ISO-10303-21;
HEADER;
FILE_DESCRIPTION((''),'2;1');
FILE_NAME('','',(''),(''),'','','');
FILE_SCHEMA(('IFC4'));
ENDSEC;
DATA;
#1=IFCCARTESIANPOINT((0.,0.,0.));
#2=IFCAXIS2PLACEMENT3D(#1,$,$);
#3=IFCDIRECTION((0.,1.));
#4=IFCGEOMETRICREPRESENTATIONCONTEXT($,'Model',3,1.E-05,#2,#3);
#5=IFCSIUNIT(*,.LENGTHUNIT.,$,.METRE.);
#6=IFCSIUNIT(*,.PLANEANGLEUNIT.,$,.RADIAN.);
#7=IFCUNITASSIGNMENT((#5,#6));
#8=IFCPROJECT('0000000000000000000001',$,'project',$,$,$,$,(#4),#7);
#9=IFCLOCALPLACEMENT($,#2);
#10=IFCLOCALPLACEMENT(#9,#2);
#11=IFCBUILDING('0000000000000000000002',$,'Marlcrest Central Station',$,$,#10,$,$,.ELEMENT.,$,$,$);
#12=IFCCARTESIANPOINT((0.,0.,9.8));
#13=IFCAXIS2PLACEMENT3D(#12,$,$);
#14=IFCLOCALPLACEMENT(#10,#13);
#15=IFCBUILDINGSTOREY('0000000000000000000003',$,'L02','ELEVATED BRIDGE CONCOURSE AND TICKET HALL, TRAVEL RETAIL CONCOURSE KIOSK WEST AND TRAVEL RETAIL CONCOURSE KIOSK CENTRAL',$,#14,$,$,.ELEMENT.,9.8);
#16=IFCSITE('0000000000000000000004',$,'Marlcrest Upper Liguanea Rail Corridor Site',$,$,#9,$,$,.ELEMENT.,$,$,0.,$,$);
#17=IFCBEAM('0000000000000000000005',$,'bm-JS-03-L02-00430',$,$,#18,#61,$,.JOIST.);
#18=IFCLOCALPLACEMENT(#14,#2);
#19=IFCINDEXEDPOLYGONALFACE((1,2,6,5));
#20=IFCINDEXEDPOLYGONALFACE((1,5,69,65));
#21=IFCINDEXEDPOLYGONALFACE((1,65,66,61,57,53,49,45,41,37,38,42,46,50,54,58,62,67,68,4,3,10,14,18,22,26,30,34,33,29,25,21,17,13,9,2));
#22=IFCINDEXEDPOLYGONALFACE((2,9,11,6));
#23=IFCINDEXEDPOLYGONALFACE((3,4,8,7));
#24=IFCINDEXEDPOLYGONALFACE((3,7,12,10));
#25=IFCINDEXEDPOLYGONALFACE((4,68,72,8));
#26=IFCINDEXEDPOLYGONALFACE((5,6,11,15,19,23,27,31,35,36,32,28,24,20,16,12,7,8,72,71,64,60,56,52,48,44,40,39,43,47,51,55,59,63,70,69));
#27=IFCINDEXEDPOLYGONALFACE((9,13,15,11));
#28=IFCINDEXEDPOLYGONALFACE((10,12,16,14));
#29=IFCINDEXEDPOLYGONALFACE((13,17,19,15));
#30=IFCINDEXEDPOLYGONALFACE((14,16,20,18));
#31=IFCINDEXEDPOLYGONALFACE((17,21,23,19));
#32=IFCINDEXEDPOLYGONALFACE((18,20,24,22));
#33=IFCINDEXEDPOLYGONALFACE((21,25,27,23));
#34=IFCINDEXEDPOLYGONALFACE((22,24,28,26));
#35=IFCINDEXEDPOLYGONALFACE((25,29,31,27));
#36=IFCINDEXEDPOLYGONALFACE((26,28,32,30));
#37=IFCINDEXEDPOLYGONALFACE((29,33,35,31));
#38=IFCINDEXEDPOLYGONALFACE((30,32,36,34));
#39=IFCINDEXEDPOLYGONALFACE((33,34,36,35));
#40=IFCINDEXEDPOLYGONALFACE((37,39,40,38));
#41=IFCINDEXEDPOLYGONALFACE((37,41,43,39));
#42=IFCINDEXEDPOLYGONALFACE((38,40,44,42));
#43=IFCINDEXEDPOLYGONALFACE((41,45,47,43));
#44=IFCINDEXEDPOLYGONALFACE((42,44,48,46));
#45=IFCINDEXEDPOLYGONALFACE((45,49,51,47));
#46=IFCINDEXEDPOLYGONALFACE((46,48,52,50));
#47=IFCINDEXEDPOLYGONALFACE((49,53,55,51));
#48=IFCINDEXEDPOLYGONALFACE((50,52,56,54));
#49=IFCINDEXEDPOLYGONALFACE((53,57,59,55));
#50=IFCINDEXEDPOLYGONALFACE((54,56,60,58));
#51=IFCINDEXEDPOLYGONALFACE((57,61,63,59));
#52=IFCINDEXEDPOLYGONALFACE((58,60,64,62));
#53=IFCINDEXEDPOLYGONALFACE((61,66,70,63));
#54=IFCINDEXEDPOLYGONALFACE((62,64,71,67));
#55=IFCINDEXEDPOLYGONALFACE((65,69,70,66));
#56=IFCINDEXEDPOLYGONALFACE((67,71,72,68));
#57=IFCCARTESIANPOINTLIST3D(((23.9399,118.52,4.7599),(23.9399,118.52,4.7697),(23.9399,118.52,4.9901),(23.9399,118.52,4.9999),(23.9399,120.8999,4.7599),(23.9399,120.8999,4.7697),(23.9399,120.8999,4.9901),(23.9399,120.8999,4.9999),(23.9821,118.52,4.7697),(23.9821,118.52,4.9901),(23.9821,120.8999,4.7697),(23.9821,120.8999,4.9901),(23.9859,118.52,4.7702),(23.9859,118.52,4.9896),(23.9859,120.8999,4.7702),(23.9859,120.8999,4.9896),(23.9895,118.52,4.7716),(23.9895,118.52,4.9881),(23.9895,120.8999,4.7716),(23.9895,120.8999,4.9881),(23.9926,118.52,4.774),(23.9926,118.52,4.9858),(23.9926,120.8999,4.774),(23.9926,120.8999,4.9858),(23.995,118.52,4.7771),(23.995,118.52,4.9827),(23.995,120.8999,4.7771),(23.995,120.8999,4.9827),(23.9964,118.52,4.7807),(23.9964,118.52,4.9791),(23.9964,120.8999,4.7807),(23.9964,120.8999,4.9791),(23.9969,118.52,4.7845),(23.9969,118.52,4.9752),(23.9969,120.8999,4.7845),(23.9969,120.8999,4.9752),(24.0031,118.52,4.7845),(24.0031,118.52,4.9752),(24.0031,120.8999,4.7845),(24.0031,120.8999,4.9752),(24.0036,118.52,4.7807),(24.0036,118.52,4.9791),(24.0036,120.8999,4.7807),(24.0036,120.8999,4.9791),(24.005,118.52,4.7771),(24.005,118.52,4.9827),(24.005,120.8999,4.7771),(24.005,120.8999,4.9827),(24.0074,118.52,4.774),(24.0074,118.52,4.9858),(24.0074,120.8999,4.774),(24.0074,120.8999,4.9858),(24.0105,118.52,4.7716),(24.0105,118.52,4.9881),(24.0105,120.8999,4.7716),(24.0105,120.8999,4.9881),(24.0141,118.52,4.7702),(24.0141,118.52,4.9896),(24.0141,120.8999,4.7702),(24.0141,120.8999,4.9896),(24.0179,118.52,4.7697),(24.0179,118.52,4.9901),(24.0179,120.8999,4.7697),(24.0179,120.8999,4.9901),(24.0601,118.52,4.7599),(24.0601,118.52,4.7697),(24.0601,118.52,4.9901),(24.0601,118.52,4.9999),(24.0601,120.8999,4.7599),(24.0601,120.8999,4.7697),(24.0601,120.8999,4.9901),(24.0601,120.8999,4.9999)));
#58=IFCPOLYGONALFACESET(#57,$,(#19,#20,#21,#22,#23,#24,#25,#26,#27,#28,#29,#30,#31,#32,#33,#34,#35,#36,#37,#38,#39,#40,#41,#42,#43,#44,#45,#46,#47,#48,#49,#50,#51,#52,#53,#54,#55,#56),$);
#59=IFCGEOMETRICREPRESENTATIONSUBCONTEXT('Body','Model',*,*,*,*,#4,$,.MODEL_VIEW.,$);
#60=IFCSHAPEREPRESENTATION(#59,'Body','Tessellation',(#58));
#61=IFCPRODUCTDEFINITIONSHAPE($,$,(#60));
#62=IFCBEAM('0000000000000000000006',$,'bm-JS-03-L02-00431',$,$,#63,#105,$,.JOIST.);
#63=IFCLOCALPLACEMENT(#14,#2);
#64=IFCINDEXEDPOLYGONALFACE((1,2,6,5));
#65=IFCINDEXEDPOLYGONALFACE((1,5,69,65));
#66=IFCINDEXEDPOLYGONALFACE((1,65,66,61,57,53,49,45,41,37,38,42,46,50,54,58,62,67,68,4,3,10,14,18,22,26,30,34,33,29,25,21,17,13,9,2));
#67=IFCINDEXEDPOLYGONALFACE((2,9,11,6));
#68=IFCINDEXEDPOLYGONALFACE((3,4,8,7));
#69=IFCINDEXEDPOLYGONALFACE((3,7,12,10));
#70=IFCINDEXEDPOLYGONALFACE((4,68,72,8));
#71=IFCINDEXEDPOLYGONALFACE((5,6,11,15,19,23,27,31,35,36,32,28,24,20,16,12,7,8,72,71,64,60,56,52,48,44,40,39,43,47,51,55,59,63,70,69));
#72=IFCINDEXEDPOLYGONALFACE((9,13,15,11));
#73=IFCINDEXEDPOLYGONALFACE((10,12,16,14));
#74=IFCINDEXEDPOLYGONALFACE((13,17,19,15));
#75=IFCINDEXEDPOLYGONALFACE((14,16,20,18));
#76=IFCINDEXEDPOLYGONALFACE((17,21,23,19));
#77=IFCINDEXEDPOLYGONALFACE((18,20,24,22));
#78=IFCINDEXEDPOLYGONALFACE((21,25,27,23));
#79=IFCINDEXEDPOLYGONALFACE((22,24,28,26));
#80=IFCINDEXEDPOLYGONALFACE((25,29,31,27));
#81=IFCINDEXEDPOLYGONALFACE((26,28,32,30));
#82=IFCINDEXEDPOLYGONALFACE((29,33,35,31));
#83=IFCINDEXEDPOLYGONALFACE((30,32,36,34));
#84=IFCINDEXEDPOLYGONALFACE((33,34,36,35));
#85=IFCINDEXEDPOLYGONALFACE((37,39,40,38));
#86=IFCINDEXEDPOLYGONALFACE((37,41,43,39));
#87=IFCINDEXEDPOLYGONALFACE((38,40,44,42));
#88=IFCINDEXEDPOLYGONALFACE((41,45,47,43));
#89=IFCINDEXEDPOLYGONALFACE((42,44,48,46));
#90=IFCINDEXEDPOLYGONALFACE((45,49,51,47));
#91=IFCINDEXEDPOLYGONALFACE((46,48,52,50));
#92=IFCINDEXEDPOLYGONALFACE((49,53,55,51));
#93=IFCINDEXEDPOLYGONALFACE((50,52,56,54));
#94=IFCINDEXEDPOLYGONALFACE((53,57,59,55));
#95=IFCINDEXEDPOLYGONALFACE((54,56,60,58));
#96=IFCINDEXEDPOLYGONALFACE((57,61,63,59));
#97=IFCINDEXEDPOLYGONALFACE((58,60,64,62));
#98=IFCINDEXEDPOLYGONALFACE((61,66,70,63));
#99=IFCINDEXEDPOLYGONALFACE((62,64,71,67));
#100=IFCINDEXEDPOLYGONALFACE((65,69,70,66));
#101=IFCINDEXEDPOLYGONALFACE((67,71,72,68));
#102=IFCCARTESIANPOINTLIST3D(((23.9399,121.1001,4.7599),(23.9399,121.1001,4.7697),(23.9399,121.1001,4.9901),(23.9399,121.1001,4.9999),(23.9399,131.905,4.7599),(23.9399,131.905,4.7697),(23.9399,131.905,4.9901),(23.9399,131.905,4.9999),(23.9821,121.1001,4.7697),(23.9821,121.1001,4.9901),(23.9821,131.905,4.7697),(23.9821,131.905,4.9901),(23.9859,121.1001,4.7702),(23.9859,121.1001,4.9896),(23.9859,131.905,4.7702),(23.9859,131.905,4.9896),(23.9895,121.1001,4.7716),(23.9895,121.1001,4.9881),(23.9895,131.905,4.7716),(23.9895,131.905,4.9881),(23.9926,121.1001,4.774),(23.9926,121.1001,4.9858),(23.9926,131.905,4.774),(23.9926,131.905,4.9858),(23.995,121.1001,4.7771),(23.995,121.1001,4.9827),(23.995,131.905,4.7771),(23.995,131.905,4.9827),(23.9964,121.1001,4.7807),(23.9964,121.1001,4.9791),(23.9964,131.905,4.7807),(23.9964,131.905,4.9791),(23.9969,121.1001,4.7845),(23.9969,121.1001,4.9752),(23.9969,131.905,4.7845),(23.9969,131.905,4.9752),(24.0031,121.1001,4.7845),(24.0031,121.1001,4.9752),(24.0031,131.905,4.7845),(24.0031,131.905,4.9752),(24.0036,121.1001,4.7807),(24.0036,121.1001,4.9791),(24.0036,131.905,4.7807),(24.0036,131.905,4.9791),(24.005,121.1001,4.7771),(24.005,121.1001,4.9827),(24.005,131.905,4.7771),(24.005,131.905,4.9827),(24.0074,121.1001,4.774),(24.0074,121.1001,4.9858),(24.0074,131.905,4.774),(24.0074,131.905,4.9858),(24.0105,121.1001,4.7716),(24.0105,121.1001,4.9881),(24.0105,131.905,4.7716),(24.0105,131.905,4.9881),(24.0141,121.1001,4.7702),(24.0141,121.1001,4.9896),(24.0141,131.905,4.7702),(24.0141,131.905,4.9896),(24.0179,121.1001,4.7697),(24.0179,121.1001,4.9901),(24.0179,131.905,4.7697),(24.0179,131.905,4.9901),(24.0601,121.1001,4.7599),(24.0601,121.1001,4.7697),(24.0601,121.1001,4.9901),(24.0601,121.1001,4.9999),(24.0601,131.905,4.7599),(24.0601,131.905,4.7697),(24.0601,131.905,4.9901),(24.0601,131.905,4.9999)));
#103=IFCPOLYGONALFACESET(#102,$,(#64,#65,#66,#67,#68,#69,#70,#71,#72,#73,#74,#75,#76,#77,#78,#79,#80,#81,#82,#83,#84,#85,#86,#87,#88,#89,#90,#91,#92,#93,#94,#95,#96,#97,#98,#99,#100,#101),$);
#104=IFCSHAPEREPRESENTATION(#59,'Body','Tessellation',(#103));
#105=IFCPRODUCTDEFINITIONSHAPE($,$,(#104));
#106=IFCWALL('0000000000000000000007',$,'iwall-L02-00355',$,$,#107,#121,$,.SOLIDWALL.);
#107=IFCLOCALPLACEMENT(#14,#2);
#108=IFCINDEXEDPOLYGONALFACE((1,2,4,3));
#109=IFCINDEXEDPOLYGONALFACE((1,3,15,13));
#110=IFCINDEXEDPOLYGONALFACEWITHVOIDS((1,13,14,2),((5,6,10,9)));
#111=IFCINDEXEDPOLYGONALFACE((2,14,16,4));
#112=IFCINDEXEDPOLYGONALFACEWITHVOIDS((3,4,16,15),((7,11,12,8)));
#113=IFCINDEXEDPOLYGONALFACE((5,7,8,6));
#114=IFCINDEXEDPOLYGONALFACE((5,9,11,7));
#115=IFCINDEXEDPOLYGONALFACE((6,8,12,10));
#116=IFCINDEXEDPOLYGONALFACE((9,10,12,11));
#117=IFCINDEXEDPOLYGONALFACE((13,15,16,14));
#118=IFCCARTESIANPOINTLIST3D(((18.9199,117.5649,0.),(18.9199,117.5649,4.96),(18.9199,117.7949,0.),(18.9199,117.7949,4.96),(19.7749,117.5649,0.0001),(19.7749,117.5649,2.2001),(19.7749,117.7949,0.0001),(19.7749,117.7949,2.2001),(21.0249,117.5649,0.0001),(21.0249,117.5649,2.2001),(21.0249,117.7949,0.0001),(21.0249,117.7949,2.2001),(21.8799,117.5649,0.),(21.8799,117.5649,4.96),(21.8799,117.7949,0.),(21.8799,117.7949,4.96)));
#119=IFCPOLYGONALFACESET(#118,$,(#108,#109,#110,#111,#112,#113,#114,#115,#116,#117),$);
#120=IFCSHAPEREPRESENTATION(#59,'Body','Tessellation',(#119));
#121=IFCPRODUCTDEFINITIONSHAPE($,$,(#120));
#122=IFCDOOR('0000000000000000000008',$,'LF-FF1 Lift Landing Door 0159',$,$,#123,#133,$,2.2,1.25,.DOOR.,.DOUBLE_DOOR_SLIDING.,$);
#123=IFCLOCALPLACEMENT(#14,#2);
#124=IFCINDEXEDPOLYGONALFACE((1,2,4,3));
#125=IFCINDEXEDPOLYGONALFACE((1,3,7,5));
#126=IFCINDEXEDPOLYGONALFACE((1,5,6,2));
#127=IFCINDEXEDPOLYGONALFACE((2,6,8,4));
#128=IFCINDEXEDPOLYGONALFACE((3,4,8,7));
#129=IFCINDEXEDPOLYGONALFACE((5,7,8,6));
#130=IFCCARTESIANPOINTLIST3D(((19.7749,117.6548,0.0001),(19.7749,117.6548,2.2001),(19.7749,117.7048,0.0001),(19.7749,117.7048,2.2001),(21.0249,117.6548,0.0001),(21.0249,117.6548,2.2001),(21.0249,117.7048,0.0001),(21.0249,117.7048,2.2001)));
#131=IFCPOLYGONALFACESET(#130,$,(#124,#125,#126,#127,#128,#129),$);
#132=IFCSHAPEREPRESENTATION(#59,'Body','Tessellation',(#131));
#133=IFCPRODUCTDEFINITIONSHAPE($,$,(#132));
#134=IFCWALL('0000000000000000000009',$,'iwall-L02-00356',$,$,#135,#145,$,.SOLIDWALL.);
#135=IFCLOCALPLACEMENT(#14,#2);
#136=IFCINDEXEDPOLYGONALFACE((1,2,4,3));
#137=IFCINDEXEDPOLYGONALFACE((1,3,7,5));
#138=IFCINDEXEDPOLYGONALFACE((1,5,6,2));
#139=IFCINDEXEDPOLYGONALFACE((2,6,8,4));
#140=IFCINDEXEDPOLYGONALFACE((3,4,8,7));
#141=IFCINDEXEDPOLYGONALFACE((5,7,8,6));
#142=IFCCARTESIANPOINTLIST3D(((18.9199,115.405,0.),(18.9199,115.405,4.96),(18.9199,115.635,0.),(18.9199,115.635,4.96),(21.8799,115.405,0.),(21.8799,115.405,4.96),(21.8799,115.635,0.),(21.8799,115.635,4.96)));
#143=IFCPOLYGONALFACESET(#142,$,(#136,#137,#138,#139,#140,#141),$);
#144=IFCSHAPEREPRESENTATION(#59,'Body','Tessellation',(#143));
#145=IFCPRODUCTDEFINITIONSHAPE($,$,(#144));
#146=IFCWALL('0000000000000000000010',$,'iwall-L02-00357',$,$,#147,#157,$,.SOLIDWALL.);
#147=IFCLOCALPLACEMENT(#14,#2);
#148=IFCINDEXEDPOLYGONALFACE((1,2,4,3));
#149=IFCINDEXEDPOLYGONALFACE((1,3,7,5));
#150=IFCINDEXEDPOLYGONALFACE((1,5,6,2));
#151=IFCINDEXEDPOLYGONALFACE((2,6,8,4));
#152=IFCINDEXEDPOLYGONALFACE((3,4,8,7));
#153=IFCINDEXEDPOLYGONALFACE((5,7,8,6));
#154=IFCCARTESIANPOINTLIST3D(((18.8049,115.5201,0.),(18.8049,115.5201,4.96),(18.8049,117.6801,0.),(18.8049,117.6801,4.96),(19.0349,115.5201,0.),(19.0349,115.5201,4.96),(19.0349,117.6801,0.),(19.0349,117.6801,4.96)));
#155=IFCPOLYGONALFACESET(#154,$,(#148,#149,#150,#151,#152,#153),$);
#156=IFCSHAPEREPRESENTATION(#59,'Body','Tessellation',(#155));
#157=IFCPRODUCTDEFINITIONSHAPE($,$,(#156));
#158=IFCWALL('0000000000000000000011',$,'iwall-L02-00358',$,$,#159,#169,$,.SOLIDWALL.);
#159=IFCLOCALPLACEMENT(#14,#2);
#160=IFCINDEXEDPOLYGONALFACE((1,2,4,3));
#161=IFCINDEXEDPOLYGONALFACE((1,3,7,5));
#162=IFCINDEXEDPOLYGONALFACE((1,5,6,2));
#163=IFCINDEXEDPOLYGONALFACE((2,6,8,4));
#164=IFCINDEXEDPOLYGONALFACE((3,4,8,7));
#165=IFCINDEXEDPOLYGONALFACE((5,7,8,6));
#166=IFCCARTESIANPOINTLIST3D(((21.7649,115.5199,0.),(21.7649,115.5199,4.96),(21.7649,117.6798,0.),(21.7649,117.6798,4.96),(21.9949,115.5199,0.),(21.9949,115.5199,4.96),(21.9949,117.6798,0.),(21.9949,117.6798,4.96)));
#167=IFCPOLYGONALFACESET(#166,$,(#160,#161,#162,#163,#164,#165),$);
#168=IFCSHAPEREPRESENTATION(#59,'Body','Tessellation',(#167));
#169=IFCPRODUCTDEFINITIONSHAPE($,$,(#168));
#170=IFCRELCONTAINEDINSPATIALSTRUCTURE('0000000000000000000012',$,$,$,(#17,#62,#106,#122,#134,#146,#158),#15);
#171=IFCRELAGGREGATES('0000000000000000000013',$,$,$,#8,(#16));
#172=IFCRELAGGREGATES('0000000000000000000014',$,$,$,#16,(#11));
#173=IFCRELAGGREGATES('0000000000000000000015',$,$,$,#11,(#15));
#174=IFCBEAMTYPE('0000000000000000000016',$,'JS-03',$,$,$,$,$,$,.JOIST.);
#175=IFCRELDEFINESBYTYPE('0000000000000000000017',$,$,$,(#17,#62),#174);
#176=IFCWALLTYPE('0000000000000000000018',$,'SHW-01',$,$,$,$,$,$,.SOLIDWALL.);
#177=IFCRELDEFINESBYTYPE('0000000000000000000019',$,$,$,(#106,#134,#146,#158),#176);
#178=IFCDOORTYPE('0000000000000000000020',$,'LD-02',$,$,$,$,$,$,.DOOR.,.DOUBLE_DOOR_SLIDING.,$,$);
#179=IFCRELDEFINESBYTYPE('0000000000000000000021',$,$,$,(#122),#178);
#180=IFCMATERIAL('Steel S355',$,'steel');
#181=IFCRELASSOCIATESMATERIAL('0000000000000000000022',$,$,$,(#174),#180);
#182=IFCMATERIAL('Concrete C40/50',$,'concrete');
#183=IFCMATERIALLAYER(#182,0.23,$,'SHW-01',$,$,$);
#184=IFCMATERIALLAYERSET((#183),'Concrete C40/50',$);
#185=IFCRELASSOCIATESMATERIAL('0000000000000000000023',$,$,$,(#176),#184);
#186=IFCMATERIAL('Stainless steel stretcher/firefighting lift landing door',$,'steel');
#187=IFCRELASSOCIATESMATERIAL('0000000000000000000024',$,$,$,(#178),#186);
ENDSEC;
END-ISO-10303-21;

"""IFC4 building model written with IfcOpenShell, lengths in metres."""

from ifc_helpers import new_model, si_unit, direction, frame, frame_2d, origin, origin_2d, place, context, subcontext, project, spatial, rectangle, i_section, extrude, material, layer, layer_set, material_profile, profile_set, type_object, element, fill, save


model = new_model("IFC4")

# Units and contexts
model_context = context("Model", 3, precision=1e-05, world=origin(), true_north=direction((0.0, 1.0)))
body_context = subcontext(model_context, "Body", "Model", "MODEL_VIEW")
ifc_project = project(units=[si_unit("LENGTHUNIT", "METRE"), si_unit("PLANEANGLEUNIT", "RADIAN")], contexts=[model_context])

# Site, building, storey
site_placement = place(None, origin())
site = spatial("IfcSite", under=ifc_project, at=site_placement, Name="Marlcrest Upper Liguanea Rail Corridor Site", CompositionType="ELEMENT", RefElevation=0.0)
building_placement = place(site_placement, origin())
building = spatial("IfcBuilding", under=site, at=building_placement, Name="Marlcrest Central Station", CompositionType="ELEMENT")
storey_placement = place(building_placement, frame((0.0, 0.0, 9.8)))
storey = spatial("IfcBuildingStorey", under=building, at=storey_placement, Name="L02", Description="ELEVATED BRIDGE CONCOURSE AND TICKET HALL, TRAVEL RETAIL CONCOURSE KIOSK WEST AND TRAVEL RETAIL CONCOURSE KIOSK CENTRAL", CompositionType="ELEMENT", Elevation=9.8)

# Shared definitions
ifc_material_1 = material(Name="Steel S355", Category="steel")

# Beams
ifc_material_profile_1 = material_profile(ifc_material_1, i_section(OverallWidth=0.1201, OverallDepth=0.24, WebThickness=0.0061, FlangeThickness=0.0098, FilletRadius=0.0149, at=origin_2d()), Name="IPE 240")
ifc_profile_set_1 = profile_set([ifc_material_profile_1], Name="Steel S355")
beam_type = type_object("IfcBeamType", Name="JS-03", PredefinedType="JOIST", material=ifc_profile_set_1)
beam_1_placement = place(storey_placement, frame((24.0, 118.52, 4.8799), z_axis=(0.0, 1.0, 0.0), x_axis=(-1.0, 0.0, 0.0)))
element("IfcBeam", 1, at=beam_1_placement, inside=storey, type_object=beam_type, Name="bm-JS-03-L02-00430", PredefinedType="JOIST", context=body_context, shape_type="SweptSolid", body=[
    extrude(i_section(OverallWidth=0.1201, OverallDepth=0.24, WebThickness=0.0061, FlangeThickness=0.0098, FilletRadius=0.0149, at=origin_2d()), origin(), (0.0, 0.0, 1.0), 2.3799),
])
beam_2_placement = place(storey_placement, frame((24.0, 121.1001, 4.8799), z_axis=(0.0, 1.0, 0.0), x_axis=(-1.0, 0.0, 0.0)))
element("IfcBeam", 2, at=beam_2_placement, inside=storey, type_object=beam_type, Name="bm-JS-03-L02-00431", PredefinedType="JOIST", context=body_context, shape_type="SweptSolid", body=[
    extrude(i_section(OverallWidth=0.1201, OverallDepth=0.24, WebThickness=0.0061, FlangeThickness=0.0098, FilletRadius=0.0149, at=origin_2d()), origin(), (0.0, 0.0, 1.0), 10.8049),
])

# Wall, opening, door
ifc_material_2 = material(Name="Concrete C40/50", Category="concrete")
ifc_layer_1 = layer(ifc_material_2, 0.23, Name="SHW-01")
ifc_layer_set_1 = layer_set([ifc_layer_1], Name="Concrete C40/50")
wall_type_1 = type_object("IfcWallType", Name="SHW-01", PredefinedType="SOLIDWALL", material=ifc_layer_set_1)
wall_1_placement = place(storey_placement, frame((18.9199, 117.6799, 0.0), z_axis=(0.0, 0.0, 1.0), x_axis=(1.0, 0.0, 0.0)))
wall_1 = element("IfcWall", 3, at=wall_1_placement, inside=storey, type_object=wall_type_1, Name="iwall-L02-00355", PredefinedType="SOLIDWALL", context=body_context, shape_type="SweptSolid", body=[
    extrude(rectangle(XDim=2.96, YDim=0.23, at=frame_2d((1.48, 0.0))), origin(), (0.0, 0.0, 1.0), 4.96),
])
opening_1_placement = place(wall_1_placement, frame((0.855, 0.0, 0.0)))
opening_1 = element("IfcOpeningElement", 4, at=opening_1_placement, cuts=wall_1, PredefinedType="OPENING", context=body_context, shape_type="SweptSolid", body=[
    extrude(rectangle(XDim=1.25, YDim=2.2, at=frame_2d((0.625, 1.1001))), frame((0.0, 0.125, 0.0), z_axis=(0.0, -1.0, 0.0), x_axis=(1.0, 0.0, 0.0)), (0.0, 0.0, 1.0), 0.25),
])
ifc_material_3 = material(Name="Stainless steel stretcher/firefighting lift landing door", Category="steel")
door_type_1 = type_object("IfcDoorType", Name="LD-02", OperationType="DOUBLE_DOOR_SLIDING", PredefinedType="DOOR", material=ifc_material_3)
door_1_placement = place(opening_1_placement, origin())
door_1 = element("IfcDoor", 5, at=door_1_placement, inside=storey, type_object=door_type_1, Name="LF-FF1 Lift Landing Door 0159", OperationType="DOUBLE_DOOR_SLIDING", OverallHeight=2.2, OverallWidth=1.25, PredefinedType="DOOR", context=body_context, shape_type="SweptSolid", body=[
    extrude(rectangle(XDim=1.25, YDim=2.2, at=frame_2d((0.625, 1.1001))), frame((0.0, 0.0249, 0.0), z_axis=(0.0, -1.0, 0.0), x_axis=(1.0, 0.0, 0.0)), (0.0, 0.0, 1.0), 0.05),
])
fill(opening_1, door_1)

# Walls
wall_2_placement = place(storey_placement, frame((21.8799, 115.52, 0.0), z_axis=(0.0, 0.0, 1.0), x_axis=(-1.0, 0.0, 0.0)))
element("IfcWall", 6, at=wall_2_placement, inside=storey, type_object=wall_type_1, Name="iwall-L02-00356", PredefinedType="SOLIDWALL", context=body_context, shape_type="SweptSolid", body=[
    extrude(rectangle(XDim=2.96, YDim=0.23, at=frame_2d((1.48, 0.0))), origin(), (0.0, 0.0, 1.0), 4.96),
])
for number, where, z_axis, x_axis, name in (
    (7, (18.9199, 115.52, 0.0), (0.0, 0.0, 1.0), (0.0, 1.0, 0.0), "iwall-L02-00357"),
    (8, (21.8799, 117.6799, 0.0), (0.0, 0.0, 1.0), (0.0, -1.0, 0.0), "iwall-L02-00358"),
):
    element("IfcWall", number, at=place(storey_placement, frame(where, z_axis=z_axis, x_axis=x_axis)), inside=storey, type_object=wall_type_1, Name=name, PredefinedType="SOLIDWALL", context=body_context, shape_type="SweptSolid", body=[
        extrude(rectangle(XDim=2.1599, YDim=0.23, at=frame_2d((1.0801, 0.0))), origin(), (0.0, 0.0, 1.0), 4.96),
    ])

save(model, "model.ifc")
